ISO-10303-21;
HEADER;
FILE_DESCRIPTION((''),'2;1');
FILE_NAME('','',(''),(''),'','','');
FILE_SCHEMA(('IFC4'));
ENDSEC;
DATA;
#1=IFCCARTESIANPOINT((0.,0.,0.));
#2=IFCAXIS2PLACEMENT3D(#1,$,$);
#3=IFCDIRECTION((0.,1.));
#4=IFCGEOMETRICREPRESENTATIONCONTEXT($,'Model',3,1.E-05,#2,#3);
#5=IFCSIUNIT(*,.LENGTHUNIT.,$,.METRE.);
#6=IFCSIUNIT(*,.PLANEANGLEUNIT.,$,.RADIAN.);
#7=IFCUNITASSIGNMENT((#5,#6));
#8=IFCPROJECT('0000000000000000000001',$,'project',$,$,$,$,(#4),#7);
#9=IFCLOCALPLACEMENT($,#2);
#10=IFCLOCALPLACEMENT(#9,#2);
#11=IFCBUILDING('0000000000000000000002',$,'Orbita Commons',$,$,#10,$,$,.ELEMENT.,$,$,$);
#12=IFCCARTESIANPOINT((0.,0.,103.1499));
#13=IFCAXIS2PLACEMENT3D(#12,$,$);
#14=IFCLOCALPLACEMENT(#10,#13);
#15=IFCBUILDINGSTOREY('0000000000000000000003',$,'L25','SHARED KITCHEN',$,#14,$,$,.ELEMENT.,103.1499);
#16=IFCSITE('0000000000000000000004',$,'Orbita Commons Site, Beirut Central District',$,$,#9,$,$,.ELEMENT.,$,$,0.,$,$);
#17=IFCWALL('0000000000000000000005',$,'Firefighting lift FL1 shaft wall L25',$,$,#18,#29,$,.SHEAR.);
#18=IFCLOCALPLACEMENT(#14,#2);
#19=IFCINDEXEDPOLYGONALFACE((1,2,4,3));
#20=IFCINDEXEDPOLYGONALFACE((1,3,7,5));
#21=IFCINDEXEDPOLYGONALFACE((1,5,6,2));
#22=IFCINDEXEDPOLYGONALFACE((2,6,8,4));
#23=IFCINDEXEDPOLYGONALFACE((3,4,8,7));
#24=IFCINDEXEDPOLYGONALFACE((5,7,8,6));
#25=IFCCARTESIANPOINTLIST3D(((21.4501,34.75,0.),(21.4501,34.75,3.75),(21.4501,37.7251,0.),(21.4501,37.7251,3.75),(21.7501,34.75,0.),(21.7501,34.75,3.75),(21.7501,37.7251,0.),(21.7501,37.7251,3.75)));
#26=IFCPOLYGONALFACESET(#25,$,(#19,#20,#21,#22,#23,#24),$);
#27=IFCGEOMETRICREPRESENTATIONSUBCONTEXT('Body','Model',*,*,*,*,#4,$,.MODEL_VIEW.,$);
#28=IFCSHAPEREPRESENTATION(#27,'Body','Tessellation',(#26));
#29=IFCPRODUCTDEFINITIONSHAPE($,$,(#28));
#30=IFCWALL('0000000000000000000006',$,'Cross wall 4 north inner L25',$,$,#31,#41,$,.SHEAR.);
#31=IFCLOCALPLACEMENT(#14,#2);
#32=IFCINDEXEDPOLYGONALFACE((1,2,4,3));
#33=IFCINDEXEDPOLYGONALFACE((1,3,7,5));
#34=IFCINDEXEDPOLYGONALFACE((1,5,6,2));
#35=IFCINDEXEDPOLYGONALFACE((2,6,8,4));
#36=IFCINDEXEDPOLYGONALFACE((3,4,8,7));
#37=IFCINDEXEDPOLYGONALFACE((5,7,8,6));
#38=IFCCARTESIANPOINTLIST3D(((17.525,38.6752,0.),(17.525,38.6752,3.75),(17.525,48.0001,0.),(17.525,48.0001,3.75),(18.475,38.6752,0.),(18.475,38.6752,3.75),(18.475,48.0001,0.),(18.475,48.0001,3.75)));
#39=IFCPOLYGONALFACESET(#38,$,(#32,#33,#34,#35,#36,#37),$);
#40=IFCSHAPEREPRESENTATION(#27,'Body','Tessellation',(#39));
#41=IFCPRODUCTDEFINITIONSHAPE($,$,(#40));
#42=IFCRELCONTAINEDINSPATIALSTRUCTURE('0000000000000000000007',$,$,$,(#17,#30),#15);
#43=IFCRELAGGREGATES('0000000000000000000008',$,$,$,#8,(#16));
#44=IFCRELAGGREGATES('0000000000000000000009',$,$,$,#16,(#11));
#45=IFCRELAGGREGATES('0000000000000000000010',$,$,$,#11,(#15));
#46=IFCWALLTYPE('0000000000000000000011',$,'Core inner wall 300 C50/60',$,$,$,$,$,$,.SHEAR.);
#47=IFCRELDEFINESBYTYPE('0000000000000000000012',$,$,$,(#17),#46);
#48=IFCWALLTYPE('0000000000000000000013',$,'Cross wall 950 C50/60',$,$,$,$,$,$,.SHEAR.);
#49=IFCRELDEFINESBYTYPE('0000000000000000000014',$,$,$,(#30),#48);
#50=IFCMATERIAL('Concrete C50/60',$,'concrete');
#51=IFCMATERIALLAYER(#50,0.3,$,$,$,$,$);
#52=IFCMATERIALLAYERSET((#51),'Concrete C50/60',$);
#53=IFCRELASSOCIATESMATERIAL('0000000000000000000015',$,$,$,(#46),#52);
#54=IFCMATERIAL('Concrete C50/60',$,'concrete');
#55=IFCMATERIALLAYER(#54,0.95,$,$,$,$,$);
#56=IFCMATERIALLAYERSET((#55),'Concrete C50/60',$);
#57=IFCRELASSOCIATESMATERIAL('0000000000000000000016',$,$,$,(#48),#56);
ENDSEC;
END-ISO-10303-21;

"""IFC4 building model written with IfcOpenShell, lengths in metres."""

from ifc_helpers import new_model, si_unit, direction, frame, frame_2d, origin, place, context, subcontext, project, spatial, rectangle, extrude, material, layer, layer_set, type_object, element, save


model = new_model("IFC4")

# Units and contexts
model_context = context("Model", 3, precision=1e-05, world=origin(), true_north=direction((0.0, 1.0)))
body_context = subcontext(model_context, "Body", "Model", "MODEL_VIEW")
ifc_project = project(units=[si_unit("LENGTHUNIT", "METRE"), si_unit("PLANEANGLEUNIT", "RADIAN")], contexts=[model_context])

# Site, building, storey
site_placement = place(None, origin())
site = spatial("IfcSite", under=ifc_project, at=site_placement, Name="Orbita Commons Site, Beirut Central District", CompositionType="ELEMENT", RefElevation=0.0)
building_placement = place(site_placement, origin())
building = spatial("IfcBuilding", under=site, at=building_placement, Name="Orbita Commons", CompositionType="ELEMENT")
storey_placement = place(building_placement, frame((0.0, 0.0, 103.1499)))
storey = spatial("IfcBuildingStorey", under=building, at=storey_placement, Name="L25", Description="SHARED KITCHEN", CompositionType="ELEMENT", Elevation=103.1499)

# Walls
ifc_material_1 = material(Name="Concrete C50/60", Category="concrete")
ifc_layer_1 = layer(ifc_material_1, 0.3)
ifc_layer_set_1 = layer_set([ifc_layer_1], Name="Concrete C50/60")
wall_type_1 = type_object("IfcWallType", Name="Core inner wall 300 C50/60", PredefinedType="SHEAR", material=ifc_layer_set_1)
wall_1_placement = place(storey_placement, frame((21.6001, 34.75, 0.0), z_axis=(0.0, 0.0, 1.0), x_axis=(0.0, 1.0, 0.0)))
element("IfcWall", 1, at=wall_1_placement, inside=storey, type_object=wall_type_1, Name="Firefighting lift FL1 shaft wall L25", PredefinedType="SHEAR", context=body_context, shape_type="SweptSolid", body=[
    extrude(rectangle(XDim=2.9751, YDim=0.3, at=frame_2d((1.4875, 0.0))), origin(), (0.0, 0.0, 1.0), 3.75),
])
ifc_material_2 = material(Name="Concrete C50/60", Category="concrete")
ifc_layer_2 = layer(ifc_material_2, 0.95)
ifc_layer_set_2 = layer_set([ifc_layer_2], Name="Concrete C50/60")
wall_type_2 = type_object("IfcWallType", Name="Cross wall 950 C50/60", PredefinedType="SHEAR", material=ifc_layer_set_2)
wall_2_placement = place(storey_placement, frame((18.0, 38.675, 0.0), z_axis=(0.0, 0.0, 1.0), x_axis=(0.0, 1.0, 0.0)))
element("IfcWall", 2, at=wall_2_placement, inside=storey, type_object=wall_type_2, Name="Cross wall 4 north inner L25", PredefinedType="SHEAR", context=body_context, shape_type="SweptSolid", body=[
    extrude(rectangle(XDim=9.325, YDim=0.95, at=frame_2d((4.6626, 0.0))), origin(), (0.0, 0.0, 1.0), 3.75),
])

save(model, "model.ifc")
